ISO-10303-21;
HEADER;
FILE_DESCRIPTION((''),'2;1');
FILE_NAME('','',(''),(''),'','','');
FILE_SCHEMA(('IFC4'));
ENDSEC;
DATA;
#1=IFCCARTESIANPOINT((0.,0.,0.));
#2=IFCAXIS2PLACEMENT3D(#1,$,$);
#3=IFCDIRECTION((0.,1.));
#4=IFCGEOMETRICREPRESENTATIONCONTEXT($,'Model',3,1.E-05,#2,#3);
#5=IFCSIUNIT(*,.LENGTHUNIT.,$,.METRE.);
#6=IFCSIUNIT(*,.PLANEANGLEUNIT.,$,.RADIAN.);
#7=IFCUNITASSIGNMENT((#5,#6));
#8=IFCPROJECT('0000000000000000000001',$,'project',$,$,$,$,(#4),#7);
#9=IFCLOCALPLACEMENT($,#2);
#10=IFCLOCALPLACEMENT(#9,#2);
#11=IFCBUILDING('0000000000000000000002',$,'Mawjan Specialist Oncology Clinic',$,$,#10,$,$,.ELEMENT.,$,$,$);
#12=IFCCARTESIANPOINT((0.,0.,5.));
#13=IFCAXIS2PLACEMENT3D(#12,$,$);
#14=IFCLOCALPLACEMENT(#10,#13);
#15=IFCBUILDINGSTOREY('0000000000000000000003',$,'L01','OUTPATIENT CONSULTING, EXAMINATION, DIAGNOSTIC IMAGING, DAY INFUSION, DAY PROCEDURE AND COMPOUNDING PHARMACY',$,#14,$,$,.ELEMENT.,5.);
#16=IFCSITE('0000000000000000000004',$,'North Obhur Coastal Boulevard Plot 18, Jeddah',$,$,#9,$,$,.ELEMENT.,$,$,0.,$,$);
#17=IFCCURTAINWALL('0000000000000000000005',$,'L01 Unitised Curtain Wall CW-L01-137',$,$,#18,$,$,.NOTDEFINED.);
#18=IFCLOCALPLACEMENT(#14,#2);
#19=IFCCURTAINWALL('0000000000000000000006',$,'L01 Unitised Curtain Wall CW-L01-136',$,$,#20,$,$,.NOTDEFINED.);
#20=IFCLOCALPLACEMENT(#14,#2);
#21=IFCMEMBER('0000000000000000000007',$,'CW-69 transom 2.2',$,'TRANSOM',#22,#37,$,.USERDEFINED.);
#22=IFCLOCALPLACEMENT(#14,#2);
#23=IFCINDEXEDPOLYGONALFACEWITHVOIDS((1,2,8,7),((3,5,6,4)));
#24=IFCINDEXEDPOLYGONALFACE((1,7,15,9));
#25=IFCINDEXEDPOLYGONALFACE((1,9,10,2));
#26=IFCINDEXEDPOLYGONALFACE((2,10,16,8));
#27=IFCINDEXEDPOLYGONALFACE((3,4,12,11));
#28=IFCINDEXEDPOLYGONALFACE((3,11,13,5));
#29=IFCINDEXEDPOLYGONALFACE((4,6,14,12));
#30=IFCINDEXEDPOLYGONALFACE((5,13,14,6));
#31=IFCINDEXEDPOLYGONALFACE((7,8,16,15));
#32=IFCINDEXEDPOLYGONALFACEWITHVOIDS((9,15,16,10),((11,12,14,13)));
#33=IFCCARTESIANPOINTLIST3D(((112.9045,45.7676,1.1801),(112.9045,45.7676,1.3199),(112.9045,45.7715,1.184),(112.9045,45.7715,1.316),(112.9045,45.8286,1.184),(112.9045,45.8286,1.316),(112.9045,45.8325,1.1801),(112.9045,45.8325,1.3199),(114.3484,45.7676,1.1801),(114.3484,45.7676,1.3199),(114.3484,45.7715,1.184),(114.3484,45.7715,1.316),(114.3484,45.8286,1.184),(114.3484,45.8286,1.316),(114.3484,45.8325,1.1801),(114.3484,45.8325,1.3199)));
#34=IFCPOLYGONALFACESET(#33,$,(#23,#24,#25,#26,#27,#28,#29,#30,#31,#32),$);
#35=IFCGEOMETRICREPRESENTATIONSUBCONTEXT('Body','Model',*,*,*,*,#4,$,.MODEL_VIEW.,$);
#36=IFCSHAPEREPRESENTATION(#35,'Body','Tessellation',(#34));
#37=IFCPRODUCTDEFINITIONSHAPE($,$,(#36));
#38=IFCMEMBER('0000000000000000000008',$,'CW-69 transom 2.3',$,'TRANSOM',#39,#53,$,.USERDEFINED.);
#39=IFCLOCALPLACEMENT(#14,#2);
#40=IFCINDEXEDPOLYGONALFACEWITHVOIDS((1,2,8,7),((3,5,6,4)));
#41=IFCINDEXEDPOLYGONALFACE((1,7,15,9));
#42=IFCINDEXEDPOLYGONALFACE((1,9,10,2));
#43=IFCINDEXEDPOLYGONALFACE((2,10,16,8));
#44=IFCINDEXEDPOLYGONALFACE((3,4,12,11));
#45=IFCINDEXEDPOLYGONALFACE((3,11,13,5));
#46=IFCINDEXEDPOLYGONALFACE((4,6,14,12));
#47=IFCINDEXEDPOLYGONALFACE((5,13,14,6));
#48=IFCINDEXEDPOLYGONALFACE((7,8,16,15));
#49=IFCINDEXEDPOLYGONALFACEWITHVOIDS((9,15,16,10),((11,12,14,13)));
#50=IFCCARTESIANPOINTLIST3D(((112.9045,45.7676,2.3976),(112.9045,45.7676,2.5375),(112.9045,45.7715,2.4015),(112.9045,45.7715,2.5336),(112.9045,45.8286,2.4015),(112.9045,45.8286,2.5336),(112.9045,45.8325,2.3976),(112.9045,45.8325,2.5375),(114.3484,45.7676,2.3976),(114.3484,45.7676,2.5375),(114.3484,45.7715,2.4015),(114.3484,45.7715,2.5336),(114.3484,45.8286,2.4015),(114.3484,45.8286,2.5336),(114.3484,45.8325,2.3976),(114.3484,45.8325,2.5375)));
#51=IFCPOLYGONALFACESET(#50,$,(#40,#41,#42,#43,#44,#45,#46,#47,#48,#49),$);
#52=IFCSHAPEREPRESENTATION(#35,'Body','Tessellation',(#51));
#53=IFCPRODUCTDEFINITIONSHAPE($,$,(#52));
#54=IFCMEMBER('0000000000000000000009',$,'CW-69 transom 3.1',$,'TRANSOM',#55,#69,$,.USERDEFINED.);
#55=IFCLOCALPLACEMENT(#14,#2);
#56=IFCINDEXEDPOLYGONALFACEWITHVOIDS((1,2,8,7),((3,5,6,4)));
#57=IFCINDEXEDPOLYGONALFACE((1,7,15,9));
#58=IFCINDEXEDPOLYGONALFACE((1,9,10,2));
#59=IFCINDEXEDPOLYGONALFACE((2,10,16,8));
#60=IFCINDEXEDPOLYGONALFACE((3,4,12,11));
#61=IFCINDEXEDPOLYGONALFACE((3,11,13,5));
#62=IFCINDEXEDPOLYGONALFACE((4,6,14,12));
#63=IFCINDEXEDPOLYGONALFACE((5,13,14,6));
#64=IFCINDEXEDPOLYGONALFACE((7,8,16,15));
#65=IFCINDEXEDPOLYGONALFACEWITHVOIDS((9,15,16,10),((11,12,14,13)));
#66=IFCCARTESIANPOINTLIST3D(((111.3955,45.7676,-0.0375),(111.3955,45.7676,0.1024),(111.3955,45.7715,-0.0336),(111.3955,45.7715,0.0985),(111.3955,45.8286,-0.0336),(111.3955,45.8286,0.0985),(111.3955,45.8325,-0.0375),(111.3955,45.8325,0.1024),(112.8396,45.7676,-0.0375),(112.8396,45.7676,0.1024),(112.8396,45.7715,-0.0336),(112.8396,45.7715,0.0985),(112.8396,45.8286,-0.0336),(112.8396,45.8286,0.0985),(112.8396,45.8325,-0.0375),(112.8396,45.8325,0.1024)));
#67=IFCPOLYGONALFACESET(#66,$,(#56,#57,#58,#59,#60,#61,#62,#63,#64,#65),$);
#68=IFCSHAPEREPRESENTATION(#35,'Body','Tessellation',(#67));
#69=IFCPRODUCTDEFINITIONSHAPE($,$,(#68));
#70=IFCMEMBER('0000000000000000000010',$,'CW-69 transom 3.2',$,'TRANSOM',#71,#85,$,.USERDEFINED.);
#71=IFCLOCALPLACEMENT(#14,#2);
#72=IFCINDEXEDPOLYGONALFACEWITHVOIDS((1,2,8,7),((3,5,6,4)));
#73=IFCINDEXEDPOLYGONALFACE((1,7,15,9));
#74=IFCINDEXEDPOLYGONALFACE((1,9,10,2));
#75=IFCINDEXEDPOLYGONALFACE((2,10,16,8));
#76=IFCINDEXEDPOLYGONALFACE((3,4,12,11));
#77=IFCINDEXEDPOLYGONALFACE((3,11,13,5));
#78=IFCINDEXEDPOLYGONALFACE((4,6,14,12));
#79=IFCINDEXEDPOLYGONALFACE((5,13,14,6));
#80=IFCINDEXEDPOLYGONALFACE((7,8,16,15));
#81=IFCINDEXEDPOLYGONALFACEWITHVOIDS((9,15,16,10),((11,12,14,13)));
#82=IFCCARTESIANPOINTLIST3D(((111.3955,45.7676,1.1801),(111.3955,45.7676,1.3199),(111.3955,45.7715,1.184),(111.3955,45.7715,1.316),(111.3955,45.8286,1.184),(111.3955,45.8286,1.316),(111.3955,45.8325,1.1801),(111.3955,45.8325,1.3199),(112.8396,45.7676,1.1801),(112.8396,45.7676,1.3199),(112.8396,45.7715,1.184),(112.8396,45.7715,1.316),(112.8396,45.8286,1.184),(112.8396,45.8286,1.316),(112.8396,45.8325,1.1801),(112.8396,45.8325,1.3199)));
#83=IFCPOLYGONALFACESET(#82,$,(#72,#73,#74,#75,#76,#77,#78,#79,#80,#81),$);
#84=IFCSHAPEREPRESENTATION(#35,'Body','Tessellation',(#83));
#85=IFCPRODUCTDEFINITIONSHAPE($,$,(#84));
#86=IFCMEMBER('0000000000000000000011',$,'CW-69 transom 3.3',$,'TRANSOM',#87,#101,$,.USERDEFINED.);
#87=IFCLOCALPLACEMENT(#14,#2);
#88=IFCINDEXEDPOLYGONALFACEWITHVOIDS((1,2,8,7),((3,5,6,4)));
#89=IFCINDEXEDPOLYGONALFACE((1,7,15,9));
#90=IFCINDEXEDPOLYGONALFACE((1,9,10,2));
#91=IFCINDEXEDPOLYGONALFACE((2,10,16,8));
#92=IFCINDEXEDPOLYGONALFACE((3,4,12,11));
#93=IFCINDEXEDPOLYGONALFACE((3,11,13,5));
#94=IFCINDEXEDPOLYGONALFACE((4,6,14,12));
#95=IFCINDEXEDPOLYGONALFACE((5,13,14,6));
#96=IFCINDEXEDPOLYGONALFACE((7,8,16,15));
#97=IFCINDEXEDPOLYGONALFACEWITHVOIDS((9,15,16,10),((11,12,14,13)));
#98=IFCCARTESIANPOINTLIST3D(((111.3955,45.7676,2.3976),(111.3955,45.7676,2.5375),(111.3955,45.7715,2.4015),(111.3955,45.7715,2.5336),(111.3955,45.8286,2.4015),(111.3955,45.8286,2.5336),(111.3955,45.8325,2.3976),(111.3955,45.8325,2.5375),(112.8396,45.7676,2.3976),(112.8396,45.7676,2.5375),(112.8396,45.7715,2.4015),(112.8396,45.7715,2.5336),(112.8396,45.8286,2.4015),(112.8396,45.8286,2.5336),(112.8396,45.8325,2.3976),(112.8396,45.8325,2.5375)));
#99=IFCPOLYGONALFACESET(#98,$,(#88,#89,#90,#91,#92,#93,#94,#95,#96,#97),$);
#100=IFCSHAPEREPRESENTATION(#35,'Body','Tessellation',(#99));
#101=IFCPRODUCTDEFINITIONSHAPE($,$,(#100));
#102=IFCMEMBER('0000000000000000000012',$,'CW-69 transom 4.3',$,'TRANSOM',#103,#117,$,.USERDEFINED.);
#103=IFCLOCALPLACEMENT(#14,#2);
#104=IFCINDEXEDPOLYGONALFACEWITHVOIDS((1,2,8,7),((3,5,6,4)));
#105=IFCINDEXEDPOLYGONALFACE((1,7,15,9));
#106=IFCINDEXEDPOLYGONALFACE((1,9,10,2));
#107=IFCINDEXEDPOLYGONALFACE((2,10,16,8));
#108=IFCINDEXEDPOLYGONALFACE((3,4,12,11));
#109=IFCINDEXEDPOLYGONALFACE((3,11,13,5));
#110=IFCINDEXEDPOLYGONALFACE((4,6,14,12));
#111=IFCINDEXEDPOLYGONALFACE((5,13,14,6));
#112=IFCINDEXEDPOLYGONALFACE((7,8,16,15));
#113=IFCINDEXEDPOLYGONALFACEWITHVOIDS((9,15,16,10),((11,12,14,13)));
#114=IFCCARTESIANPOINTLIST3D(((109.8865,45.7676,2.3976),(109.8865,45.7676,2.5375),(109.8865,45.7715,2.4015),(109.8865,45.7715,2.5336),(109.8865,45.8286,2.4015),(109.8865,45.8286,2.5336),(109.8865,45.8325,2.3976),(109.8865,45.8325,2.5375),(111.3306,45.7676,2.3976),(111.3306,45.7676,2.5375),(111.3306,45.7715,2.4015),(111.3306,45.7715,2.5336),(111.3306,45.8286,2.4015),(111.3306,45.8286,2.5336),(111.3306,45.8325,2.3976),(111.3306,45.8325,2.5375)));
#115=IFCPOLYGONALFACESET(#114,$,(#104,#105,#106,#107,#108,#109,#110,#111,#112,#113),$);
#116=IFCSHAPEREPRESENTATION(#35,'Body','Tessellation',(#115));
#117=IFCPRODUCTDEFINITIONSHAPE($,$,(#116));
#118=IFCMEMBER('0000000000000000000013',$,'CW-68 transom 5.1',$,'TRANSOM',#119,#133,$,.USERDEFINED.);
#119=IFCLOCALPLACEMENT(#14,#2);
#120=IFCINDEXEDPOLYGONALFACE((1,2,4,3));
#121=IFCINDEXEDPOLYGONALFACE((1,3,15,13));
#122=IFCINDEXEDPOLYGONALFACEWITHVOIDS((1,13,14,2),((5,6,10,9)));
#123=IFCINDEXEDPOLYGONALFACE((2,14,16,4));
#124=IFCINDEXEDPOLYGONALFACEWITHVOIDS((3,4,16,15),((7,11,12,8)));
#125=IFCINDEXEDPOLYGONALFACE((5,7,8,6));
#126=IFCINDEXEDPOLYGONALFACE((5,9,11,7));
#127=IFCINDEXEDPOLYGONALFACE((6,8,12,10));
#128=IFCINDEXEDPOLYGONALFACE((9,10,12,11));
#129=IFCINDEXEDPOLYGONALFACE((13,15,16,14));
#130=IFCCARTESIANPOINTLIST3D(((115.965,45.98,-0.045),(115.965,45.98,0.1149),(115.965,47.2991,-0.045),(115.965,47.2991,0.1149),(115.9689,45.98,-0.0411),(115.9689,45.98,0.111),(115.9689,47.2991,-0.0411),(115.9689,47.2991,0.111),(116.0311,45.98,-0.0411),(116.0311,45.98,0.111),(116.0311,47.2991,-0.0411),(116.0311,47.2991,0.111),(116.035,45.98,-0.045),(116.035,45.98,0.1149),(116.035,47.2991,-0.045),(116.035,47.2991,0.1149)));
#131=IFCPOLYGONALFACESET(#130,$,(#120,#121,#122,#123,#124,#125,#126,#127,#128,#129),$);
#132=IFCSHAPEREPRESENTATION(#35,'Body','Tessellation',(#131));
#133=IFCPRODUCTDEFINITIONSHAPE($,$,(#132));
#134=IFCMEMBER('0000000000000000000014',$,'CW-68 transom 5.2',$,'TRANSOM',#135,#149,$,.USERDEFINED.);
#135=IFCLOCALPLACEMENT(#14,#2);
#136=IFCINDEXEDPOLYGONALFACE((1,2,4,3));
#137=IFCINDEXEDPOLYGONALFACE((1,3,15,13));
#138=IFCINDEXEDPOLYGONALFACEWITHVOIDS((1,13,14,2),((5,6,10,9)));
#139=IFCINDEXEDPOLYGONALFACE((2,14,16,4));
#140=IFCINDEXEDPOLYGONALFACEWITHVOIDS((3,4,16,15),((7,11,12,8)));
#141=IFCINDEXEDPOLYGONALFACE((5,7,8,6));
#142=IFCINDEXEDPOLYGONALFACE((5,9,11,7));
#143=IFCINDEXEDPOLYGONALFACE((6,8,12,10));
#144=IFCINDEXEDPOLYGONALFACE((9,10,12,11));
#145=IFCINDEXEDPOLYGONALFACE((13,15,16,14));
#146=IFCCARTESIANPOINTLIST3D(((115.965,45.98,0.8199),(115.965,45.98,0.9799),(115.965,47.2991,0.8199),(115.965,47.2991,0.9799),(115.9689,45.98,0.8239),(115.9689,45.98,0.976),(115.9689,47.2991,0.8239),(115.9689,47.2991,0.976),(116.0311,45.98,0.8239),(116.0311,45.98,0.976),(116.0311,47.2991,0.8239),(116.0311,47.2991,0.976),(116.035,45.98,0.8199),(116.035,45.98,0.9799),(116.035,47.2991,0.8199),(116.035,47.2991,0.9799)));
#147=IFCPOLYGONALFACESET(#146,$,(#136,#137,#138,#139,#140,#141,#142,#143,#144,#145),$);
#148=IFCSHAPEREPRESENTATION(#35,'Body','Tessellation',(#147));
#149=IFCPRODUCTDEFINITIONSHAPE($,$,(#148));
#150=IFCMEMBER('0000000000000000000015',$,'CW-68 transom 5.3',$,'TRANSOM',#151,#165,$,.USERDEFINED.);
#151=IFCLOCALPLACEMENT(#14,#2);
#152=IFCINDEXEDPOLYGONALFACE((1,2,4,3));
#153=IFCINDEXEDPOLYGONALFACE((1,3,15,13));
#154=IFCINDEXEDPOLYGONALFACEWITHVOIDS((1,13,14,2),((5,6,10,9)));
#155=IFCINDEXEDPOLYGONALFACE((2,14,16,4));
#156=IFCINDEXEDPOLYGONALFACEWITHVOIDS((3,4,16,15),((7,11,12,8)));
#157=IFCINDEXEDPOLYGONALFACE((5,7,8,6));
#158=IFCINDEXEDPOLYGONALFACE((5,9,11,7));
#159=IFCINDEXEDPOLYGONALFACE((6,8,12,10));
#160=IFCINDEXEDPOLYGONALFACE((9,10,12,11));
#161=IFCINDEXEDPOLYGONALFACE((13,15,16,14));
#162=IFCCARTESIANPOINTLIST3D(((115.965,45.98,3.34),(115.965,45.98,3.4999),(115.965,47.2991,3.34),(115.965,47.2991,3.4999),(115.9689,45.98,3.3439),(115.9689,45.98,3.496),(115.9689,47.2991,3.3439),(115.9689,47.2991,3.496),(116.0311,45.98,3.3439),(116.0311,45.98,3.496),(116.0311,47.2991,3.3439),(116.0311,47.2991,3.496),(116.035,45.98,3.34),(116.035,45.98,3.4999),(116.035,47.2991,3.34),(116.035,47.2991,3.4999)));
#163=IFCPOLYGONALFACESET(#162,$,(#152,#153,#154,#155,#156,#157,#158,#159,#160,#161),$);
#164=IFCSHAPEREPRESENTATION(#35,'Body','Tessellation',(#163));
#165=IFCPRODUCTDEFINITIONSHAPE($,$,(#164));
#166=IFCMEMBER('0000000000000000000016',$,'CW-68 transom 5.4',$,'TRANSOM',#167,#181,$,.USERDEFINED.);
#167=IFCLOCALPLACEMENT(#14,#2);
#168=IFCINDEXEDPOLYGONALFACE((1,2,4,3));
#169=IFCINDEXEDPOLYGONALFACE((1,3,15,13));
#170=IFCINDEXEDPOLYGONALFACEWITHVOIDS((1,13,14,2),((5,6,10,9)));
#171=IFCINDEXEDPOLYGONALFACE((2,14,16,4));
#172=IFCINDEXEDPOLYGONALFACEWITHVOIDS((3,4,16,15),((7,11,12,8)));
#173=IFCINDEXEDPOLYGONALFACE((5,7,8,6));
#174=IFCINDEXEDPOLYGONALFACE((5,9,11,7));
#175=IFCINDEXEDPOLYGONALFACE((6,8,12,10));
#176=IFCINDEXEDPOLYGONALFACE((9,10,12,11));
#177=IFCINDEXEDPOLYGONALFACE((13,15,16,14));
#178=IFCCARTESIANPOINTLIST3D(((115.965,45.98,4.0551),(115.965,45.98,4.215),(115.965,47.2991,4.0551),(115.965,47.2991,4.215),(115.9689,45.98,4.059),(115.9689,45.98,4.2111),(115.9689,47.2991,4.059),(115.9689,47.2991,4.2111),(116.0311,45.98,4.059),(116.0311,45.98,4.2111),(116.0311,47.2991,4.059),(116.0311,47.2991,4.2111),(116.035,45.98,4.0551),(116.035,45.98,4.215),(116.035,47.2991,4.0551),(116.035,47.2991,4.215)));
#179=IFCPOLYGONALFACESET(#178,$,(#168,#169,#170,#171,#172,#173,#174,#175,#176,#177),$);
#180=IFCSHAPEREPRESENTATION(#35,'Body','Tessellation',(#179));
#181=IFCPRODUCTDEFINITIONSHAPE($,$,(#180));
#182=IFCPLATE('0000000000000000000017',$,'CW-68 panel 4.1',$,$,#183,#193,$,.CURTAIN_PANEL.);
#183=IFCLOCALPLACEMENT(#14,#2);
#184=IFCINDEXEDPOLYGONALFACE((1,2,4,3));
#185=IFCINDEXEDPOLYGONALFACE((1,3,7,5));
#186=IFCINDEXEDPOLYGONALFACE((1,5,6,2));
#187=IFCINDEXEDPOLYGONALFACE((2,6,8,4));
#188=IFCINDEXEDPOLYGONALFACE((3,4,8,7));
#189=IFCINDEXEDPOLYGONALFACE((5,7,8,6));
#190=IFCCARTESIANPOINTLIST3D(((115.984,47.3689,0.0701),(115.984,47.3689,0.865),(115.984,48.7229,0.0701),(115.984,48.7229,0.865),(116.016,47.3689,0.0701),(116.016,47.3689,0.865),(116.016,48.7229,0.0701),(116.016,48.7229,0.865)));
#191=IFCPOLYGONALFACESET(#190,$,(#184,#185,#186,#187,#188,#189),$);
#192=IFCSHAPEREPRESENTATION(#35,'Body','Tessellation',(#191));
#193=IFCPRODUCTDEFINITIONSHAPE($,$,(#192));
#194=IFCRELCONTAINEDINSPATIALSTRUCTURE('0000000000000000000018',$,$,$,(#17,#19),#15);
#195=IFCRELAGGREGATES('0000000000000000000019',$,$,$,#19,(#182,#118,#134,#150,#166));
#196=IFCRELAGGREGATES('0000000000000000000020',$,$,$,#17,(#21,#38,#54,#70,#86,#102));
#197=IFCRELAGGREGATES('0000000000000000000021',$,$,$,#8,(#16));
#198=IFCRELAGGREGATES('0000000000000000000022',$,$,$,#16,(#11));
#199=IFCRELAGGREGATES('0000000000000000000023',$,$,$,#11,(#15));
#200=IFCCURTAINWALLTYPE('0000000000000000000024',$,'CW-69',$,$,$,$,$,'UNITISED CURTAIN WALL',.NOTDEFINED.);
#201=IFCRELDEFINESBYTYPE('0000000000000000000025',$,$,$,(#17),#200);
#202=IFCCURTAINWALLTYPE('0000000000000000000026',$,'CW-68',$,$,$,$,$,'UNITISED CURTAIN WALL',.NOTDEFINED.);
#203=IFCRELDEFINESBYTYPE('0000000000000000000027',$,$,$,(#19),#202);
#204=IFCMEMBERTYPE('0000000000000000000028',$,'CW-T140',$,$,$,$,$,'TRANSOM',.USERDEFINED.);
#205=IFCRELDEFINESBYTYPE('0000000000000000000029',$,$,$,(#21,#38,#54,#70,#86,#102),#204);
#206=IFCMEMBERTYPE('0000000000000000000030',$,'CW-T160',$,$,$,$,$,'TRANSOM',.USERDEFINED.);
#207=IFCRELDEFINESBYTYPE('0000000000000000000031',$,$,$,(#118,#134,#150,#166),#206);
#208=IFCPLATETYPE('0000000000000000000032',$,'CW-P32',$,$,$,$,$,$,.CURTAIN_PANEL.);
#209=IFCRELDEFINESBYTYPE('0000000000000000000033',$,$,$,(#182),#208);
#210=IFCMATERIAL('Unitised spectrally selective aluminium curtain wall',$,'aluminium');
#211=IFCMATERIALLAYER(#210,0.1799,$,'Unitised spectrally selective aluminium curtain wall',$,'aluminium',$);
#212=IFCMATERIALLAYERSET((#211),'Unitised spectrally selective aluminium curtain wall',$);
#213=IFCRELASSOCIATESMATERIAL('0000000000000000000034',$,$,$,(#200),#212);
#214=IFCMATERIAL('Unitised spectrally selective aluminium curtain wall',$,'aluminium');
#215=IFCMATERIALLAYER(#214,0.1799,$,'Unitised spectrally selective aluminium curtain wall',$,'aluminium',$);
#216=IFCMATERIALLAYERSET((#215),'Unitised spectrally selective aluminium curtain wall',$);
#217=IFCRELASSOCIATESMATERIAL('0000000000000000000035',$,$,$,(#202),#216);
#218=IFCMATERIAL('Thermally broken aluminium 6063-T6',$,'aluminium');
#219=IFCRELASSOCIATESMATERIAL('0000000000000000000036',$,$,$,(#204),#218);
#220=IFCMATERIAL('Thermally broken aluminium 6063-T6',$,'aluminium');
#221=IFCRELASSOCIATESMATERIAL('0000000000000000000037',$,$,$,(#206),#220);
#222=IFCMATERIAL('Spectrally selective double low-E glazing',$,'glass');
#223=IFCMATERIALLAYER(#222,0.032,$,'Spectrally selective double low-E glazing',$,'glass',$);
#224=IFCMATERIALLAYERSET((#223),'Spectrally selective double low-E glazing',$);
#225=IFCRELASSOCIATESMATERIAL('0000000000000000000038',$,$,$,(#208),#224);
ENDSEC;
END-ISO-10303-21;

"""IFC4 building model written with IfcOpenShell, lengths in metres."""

from ifc_helpers import new_model, si_unit, direction, frame, origin, origin_2d, place, context, subcontext, project, spatial, rectangle, hollow_rectangle, extrude, material, layer, layer_set, material_profile, profile_set, type_object, element, aggregate, save


model = new_model("IFC4")

# Units and contexts
model_context = context("Model", 3, precision=1e-05, world=origin(), true_north=direction((0.0, 1.0)))
body_context = subcontext(model_context, "Body", "Model", "MODEL_VIEW")
ifc_project = project(units=[si_unit("LENGTHUNIT", "METRE"), si_unit("PLANEANGLEUNIT", "RADIAN")], contexts=[model_context])

# Site, building, storey
site_placement = place(None, origin())
site = spatial("IfcSite", under=ifc_project, at=site_placement, Name="North Obhur Coastal Boulevard Plot 18, Jeddah", CompositionType="ELEMENT", RefElevation=0.0)
building_placement = place(site_placement, origin())
building = spatial("IfcBuilding", under=site, at=building_placement, Name="Mawjan Specialist Oncology Clinic", CompositionType="ELEMENT")
storey_placement = place(building_placement, frame((0.0, 0.0, 5.0)))
storey = spatial("IfcBuildingStorey", under=building, at=storey_placement, Name="L01", Description="OUTPATIENT CONSULTING, EXAMINATION, DIAGNOSTIC IMAGING, DAY INFUSION, DAY PROCEDURE AND COMPOUNDING PHARMACY", CompositionType="ELEMENT", Elevation=5.0)

# Curtain walls
ifc_material_1 = material(Name="Unitised spectrally selective aluminium curtain wall", Category="aluminium")
ifc_layer_1 = layer(ifc_material_1, 0.1799, Name="Unitised spectrally selective aluminium curtain wall", Category="aluminium")
ifc_layer_set_1 = layer_set([ifc_layer_1], Name="Unitised spectrally selective aluminium curtain wall")
curtain_wall_type_1 = type_object("IfcCurtainWallType", Name="CW-69", ElementType="UNITISED CURTAIN WALL", PredefinedType="NOTDEFINED", material=ifc_layer_set_1)
curtain_wall_1_placement = place(storey_placement, origin())
curtain_wall_1 = element("IfcCurtainWall", 1, at=curtain_wall_1_placement, inside=storey, type_object=curtain_wall_type_1, Name="L01 Unitised Curtain Wall CW-L01-137", PredefinedType="NOTDEFINED")
ifc_material_2 = material(Name="Unitised spectrally selective aluminium curtain wall", Category="aluminium")
ifc_layer_2 = layer(ifc_material_2, 0.1799, Name="Unitised spectrally selective aluminium curtain wall", Category="aluminium")
ifc_layer_set_2 = layer_set([ifc_layer_2], Name="Unitised spectrally selective aluminium curtain wall")
curtain_wall_type_2 = type_object("IfcCurtainWallType", Name="CW-68", ElementType="UNITISED CURTAIN WALL", PredefinedType="NOTDEFINED", material=ifc_layer_set_2)
curtain_wall_2_placement = place(storey_placement, origin())
curtain_wall_2 = element("IfcCurtainWall", 2, at=curtain_wall_2_placement, inside=storey, type_object=curtain_wall_type_2, Name="L01 Unitised Curtain Wall CW-L01-136", PredefinedType="NOTDEFINED")

# Members
ifc_material_3 = material(Name="Thermally broken aluminium 6063-T6", Category="aluminium")
ifc_material_profile_1 = material_profile(ifc_material_3, hollow_rectangle(XDim=0.0649, YDim=0.1399, WallThickness=0.0039, at=origin_2d()), Name="ALU TRANSOM 140x65x4", Category="aluminium")
ifc_profile_set_1 = profile_set([ifc_material_profile_1], Name="Thermally broken aluminium 6063-T6")
member_type_1 = type_object("IfcMemberType", Name="CW-T140", ElementType="TRANSOM", PredefinedType="USERDEFINED", material=ifc_profile_set_1)
member_1_placement = place(storey_placement, frame((114.3484, 45.8, 1.25), z_axis=(-1.0, 0.0, 0.0), x_axis=(0.0, -1.0, 0.0)))
member_1 = element("IfcMember", 3, at=member_1_placement, type_object=member_type_1, Name="CW-69 transom 2.2", ObjectType="TRANSOM", PredefinedType="USERDEFINED", context=body_context, shape_type="SweptSolid", body=[
    extrude(hollow_rectangle(XDim=0.0649, YDim=0.1399, WallThickness=0.0039, at=origin_2d()), origin(), (0.0, 0.0, 1.0), 1.4438),
])
member_2_placement = place(storey_placement, frame((114.3484, 45.8, 2.4675), z_axis=(-1.0, 0.0, 0.0), x_axis=(0.0, -1.0, 0.0)))
member_2 = element("IfcMember", 4, at=member_2_placement, type_object=member_type_1, Name="CW-69 transom 2.3", ObjectType="TRANSOM", PredefinedType="USERDEFINED", context=body_context, shape_type="SweptSolid", body=[
    extrude(hollow_rectangle(XDim=0.0649, YDim=0.1399, WallThickness=0.0039, at=origin_2d()), origin(), (0.0, 0.0, 1.0), 1.4438),
])
member_3_placement = place(storey_placement, frame((112.8396, 45.8, 0.0325), z_axis=(-1.0, 0.0, 0.0), x_axis=(0.0, -1.0, 0.0)))
member_3 = element("IfcMember", 5, at=member_3_placement, type_object=member_type_1, Name="CW-69 transom 3.1", ObjectType="TRANSOM", PredefinedType="USERDEFINED", context=body_context, shape_type="SweptSolid", body=[
    extrude(hollow_rectangle(XDim=0.0649, YDim=0.1399, WallThickness=0.0039, at=origin_2d()), origin(), (0.0, 0.0, 1.0), 1.4441),
])
member_4_placement = place(storey_placement, frame((112.8396, 45.8, 1.25), z_axis=(-1.0, 0.0, 0.0), x_axis=(0.0, -1.0, 0.0)))
member_4 = element("IfcMember", 6, at=member_4_placement, type_object=member_type_1, Name="CW-69 transom 3.2", ObjectType="TRANSOM", PredefinedType="USERDEFINED", context=body_context, shape_type="SweptSolid", body=[
    extrude(hollow_rectangle(XDim=0.0649, YDim=0.1399, WallThickness=0.0039, at=origin_2d()), origin(), (0.0, 0.0, 1.0), 1.4441),
])
member_5_placement = place(storey_placement, frame((112.8396, 45.8, 2.4675), z_axis=(-1.0, 0.0, 0.0), x_axis=(0.0, -1.0, 0.0)))
member_5 = element("IfcMember", 7, at=member_5_placement, type_object=member_type_1, Name="CW-69 transom 3.3", ObjectType="TRANSOM", PredefinedType="USERDEFINED", context=body_context, shape_type="SweptSolid", body=[
    extrude(hollow_rectangle(XDim=0.0649, YDim=0.1399, WallThickness=0.0039, at=origin_2d()), origin(), (0.0, 0.0, 1.0), 1.4441),
])
member_6_placement = place(storey_placement, frame((111.3306, 45.8, 2.4675), z_axis=(-1.0, 0.0, 0.0), x_axis=(0.0, -1.0, 0.0)))
member_6 = element("IfcMember", 8, at=member_6_placement, type_object=member_type_1, Name="CW-69 transom 4.3", ObjectType="TRANSOM", PredefinedType="USERDEFINED", context=body_context, shape_type="SweptSolid", body=[
    extrude(hollow_rectangle(XDim=0.0649, YDim=0.1399, WallThickness=0.0039, at=origin_2d()), origin(), (0.0, 0.0, 1.0), 1.4441),
])
ifc_material_4 = material(Name="Thermally broken aluminium 6063-T6", Category="aluminium")
ifc_material_profile_2 = material_profile(ifc_material_4, hollow_rectangle(XDim=0.0701, YDim=0.1599, WallThickness=0.0039, at=origin_2d()), Name="ALU TRANSOM 160x70x4", Category="aluminium")
ifc_profile_set_2 = profile_set([ifc_material_profile_2], Name="Thermally broken aluminium 6063-T6")
member_type_2 = type_object("IfcMemberType", Name="CW-T160", ElementType="TRANSOM", PredefinedType="USERDEFINED", material=ifc_profile_set_2)
member_7_placement = place(storey_placement, frame((116.0, 47.2991, 0.0349), z_axis=(0.0, -1.0, 0.0), x_axis=(1.0, 0.0, 0.0)))
member_7 = element("IfcMember", 9, at=member_7_placement, type_object=member_type_2, Name="CW-68 transom 5.1", ObjectType="TRANSOM", PredefinedType="USERDEFINED", context=body_context, shape_type="SweptSolid", body=[
    extrude(hollow_rectangle(XDim=0.0701, YDim=0.1599, WallThickness=0.0039, at=origin_2d()), origin(), (0.0, 0.0, 1.0), 1.3191),
])
member_8_placement = place(storey_placement, frame((116.0, 47.2991, 0.8999), z_axis=(0.0, -1.0, 0.0), x_axis=(1.0, 0.0, 0.0)))
member_8 = element("IfcMember", 10, at=member_8_placement, type_object=member_type_2, Name="CW-68 transom 5.2", ObjectType="TRANSOM", PredefinedType="USERDEFINED", context=body_context, shape_type="SweptSolid", body=[
    extrude(hollow_rectangle(XDim=0.0701, YDim=0.1599, WallThickness=0.0039, at=origin_2d()), origin(), (0.0, 0.0, 1.0), 1.3191),
])
member_9_placement = place(storey_placement, frame((116.0, 47.2991, 3.4199), z_axis=(0.0, -1.0, 0.0), x_axis=(1.0, 0.0, 0.0)))
member_9 = element("IfcMember", 11, at=member_9_placement, type_object=member_type_2, Name="CW-68 transom 5.3", ObjectType="TRANSOM", PredefinedType="USERDEFINED", context=body_context, shape_type="SweptSolid", body=[
    extrude(hollow_rectangle(XDim=0.0701, YDim=0.1599, WallThickness=0.0039, at=origin_2d()), origin(), (0.0, 0.0, 1.0), 1.3191),
])
member_10_placement = place(storey_placement, frame((116.0, 47.2991, 4.135), z_axis=(0.0, -1.0, 0.0), x_axis=(1.0, 0.0, 0.0)))
member_10 = element("IfcMember", 12, at=member_10_placement, type_object=member_type_2, Name="CW-68 transom 5.4", ObjectType="TRANSOM", PredefinedType="USERDEFINED", context=body_context, shape_type="SweptSolid", body=[
    extrude(hollow_rectangle(XDim=0.0701, YDim=0.1599, WallThickness=0.0039, at=origin_2d()), origin(), (0.0, 0.0, 1.0), 1.3191),
])

# Plate
ifc_material_5 = material(Name="Spectrally selective double low-E glazing", Category="glass")
ifc_layer_3 = layer(ifc_material_5, 0.032, Name="Spectrally selective double low-E glazing", Category="glass")
ifc_layer_set_3 = layer_set([ifc_layer_3], Name="Spectrally selective double low-E glazing")
plate_type = type_object("IfcPlateType", Name="CW-P32", PredefinedType="CURTAIN_PANEL", material=ifc_layer_set_3)
plate_1_placement = place(storey_placement, frame((116.0, 48.0459, 0.0701), z_axis=(0.0, 0.0, 1.0), x_axis=(0.0, -1.0, 0.0)))
plate_1 = element("IfcPlate", 13, at=plate_1_placement, type_object=plate_type, Name="CW-68 panel 4.1", PredefinedType="CURTAIN_PANEL", context=body_context, shape_type="SweptSolid", body=[
    extrude(rectangle(XDim=1.354, YDim=0.032, at=origin_2d()), origin(), (0.0, 0.0, 1.0), 0.7949),
])
aggregate(curtain_wall_2, [plate_1, member_7, member_8, member_9, member_10])
aggregate(curtain_wall_1, [member_1, member_2, member_3, member_4, member_5, member_6])

save(model, "model.ifc")
